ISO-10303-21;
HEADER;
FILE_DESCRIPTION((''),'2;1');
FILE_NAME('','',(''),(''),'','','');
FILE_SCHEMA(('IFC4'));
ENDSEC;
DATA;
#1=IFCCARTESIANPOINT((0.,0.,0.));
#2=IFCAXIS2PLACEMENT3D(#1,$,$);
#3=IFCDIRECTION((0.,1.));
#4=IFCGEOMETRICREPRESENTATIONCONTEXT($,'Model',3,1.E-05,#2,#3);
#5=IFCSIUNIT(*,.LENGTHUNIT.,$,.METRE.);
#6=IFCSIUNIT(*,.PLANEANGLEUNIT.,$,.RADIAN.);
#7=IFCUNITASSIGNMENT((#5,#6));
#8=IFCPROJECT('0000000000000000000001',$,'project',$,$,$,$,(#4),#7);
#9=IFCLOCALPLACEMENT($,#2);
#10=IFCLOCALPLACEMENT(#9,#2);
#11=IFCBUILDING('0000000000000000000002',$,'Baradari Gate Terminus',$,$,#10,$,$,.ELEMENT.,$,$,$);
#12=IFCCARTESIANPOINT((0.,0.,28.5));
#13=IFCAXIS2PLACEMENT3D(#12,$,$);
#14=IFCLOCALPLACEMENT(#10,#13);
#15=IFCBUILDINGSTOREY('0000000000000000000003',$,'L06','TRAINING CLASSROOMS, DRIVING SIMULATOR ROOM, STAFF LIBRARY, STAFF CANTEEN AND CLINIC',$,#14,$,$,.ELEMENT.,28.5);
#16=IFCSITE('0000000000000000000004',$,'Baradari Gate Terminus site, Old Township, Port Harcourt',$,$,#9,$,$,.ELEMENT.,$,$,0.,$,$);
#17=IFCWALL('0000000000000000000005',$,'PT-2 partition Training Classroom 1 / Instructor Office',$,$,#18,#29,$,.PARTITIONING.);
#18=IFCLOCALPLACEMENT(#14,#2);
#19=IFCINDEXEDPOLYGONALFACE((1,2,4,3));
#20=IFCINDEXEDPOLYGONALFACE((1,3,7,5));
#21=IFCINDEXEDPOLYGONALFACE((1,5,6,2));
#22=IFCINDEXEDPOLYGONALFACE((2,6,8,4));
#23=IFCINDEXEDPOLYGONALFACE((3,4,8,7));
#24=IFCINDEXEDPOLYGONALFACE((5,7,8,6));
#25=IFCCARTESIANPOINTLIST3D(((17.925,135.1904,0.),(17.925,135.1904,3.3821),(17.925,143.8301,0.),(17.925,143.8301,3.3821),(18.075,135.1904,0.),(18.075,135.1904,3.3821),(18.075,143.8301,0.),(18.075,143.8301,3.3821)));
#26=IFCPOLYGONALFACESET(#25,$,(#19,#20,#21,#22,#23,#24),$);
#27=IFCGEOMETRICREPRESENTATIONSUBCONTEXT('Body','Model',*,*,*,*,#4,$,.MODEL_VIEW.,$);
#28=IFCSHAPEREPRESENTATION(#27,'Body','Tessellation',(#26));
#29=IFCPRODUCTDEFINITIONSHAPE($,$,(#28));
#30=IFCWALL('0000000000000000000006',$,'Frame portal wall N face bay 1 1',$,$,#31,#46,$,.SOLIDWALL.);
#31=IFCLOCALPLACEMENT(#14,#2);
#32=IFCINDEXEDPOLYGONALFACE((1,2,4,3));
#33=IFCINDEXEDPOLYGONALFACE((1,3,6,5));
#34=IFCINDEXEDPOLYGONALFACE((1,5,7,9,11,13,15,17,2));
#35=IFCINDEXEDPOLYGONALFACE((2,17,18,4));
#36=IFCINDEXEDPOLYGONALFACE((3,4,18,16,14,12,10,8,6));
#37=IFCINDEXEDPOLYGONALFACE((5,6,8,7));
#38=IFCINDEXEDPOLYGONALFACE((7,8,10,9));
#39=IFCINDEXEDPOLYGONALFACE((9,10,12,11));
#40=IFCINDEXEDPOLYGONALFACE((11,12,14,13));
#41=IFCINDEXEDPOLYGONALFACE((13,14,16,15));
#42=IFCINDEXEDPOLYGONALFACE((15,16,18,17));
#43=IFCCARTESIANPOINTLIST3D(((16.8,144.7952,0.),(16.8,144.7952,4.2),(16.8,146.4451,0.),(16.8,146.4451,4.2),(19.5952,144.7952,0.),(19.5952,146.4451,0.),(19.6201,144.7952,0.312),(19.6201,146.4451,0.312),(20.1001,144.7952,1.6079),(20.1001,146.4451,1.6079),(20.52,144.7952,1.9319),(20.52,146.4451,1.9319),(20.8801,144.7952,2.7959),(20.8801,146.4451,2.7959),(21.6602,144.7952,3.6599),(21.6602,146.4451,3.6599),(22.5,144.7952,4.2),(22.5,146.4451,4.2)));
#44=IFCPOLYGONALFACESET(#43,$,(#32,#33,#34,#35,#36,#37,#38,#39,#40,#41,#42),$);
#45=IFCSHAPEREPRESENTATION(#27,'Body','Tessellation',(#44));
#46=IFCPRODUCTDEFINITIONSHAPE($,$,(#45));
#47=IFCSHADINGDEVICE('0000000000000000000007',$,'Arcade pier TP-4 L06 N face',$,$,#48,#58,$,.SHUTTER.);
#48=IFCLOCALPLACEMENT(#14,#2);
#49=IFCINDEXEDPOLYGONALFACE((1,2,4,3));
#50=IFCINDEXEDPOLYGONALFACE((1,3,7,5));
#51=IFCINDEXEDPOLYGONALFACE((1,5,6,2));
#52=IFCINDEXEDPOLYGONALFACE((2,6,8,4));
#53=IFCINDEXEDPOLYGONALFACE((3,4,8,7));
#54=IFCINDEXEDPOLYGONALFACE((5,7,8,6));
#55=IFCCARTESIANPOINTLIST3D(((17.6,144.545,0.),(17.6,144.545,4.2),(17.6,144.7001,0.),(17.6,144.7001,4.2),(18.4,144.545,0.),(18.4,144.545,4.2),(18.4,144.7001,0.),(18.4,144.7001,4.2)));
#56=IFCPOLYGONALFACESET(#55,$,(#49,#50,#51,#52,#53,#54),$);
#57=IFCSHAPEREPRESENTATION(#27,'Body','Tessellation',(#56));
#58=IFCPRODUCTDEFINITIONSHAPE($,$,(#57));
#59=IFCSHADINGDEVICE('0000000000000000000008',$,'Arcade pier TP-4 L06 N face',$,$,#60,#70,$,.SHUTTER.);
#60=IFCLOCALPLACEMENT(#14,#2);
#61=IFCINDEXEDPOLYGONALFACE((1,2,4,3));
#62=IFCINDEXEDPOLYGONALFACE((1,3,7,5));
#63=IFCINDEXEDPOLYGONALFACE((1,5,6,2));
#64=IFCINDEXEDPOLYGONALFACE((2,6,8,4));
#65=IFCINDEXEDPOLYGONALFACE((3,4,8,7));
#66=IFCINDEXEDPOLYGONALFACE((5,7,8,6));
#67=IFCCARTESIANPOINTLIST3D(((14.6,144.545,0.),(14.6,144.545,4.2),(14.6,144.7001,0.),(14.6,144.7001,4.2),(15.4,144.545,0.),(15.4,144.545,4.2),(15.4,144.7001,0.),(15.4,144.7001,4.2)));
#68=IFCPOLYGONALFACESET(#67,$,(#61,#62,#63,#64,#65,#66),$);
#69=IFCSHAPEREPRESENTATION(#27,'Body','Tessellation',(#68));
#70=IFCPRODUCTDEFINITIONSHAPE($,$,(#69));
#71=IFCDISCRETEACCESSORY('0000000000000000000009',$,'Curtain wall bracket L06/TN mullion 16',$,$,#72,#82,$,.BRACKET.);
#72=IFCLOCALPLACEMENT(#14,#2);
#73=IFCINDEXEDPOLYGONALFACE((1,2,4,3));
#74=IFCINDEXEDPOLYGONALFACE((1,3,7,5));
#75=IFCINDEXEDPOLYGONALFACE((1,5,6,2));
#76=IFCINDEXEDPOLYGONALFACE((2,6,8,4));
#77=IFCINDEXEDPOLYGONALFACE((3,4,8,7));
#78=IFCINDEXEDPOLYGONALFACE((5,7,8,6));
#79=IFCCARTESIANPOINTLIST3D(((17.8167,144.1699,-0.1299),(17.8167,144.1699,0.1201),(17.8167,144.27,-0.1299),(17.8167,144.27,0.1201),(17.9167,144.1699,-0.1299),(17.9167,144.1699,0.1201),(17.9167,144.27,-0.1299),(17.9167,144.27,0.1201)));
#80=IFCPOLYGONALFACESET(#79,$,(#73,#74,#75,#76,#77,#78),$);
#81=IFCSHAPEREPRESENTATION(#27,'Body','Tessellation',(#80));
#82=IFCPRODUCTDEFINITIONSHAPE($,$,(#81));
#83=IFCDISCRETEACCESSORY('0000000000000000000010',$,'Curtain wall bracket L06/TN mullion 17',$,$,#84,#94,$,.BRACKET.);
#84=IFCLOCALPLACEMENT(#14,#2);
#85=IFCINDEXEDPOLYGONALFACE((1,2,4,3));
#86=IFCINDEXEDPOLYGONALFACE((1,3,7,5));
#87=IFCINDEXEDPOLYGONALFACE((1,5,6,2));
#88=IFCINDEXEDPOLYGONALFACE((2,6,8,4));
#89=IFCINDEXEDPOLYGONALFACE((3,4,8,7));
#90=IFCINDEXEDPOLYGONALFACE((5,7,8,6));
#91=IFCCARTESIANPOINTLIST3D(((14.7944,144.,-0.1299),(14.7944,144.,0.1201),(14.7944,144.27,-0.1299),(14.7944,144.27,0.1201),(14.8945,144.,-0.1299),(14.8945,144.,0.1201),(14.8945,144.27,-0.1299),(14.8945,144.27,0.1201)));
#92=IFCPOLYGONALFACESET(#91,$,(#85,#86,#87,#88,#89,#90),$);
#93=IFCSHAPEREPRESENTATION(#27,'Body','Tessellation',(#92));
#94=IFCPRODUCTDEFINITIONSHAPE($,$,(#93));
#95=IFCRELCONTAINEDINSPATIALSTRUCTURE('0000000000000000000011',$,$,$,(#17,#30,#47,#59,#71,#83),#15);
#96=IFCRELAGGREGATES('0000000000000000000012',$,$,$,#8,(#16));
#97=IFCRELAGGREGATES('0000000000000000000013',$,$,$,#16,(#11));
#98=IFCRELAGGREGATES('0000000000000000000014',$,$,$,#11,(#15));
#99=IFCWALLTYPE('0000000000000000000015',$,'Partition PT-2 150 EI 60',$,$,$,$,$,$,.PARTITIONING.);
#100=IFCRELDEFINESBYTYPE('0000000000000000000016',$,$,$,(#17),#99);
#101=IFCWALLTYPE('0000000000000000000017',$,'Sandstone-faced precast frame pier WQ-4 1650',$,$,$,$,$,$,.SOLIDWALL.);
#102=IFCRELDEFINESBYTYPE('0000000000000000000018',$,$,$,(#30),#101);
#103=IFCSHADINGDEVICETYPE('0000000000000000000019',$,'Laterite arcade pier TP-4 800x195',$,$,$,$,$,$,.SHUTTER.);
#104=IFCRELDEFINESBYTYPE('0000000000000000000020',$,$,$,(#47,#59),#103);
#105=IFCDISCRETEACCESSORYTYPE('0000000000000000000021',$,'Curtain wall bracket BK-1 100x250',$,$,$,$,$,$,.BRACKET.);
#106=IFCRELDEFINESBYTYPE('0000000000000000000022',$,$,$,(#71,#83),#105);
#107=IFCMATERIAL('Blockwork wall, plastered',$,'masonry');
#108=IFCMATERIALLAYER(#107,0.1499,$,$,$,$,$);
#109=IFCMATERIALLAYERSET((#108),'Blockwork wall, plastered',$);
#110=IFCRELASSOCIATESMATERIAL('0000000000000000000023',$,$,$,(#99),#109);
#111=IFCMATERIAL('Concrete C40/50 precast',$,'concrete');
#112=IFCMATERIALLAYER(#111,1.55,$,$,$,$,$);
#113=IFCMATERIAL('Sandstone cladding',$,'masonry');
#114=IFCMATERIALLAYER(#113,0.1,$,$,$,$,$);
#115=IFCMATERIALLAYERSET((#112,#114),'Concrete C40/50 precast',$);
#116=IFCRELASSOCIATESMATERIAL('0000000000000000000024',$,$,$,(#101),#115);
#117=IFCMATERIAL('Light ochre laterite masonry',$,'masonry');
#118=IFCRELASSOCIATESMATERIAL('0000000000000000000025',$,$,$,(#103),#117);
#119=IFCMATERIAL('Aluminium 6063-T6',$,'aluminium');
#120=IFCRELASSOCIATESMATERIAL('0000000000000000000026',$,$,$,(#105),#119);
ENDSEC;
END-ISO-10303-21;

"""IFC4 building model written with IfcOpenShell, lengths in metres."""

from ifc_helpers import new_model, si_unit, direction, frame, frame_2d, origin, origin_2d, place, context, subcontext, project, spatial, polyline, rectangle, outline, extrude, material, layer, layer_set, type_object, element, save


model = new_model("IFC4")

# Units and contexts
model_context = context("Model", 3, precision=1e-05, world=origin(), true_north=direction((0.0, 1.0)))
body_context = subcontext(model_context, "Body", "Model", "MODEL_VIEW")
ifc_project = project(units=[si_unit("LENGTHUNIT", "METRE"), si_unit("PLANEANGLEUNIT", "RADIAN")], contexts=[model_context])

# Site, building, storey
site_placement = place(None, origin())
site = spatial("IfcSite", under=ifc_project, at=site_placement, Name="Baradari Gate Terminus site, Old Township, Port Harcourt", CompositionType="ELEMENT", RefElevation=0.0)
building_placement = place(site_placement, origin())
building = spatial("IfcBuilding", under=site, at=building_placement, Name="Baradari Gate Terminus", CompositionType="ELEMENT")
storey_placement = place(building_placement, frame((0.0, 0.0, 28.5)))
storey = spatial("IfcBuildingStorey", under=building, at=storey_placement, Name="L06", Description="TRAINING CLASSROOMS, DRIVING SIMULATOR ROOM, STAFF LIBRARY, STAFF CANTEEN AND CLINIC", CompositionType="ELEMENT", Elevation=28.5)

# Walls
ifc_material_1 = material(Name="Blockwork wall, plastered", Category="masonry")
ifc_layer_1 = layer(ifc_material_1, 0.1499)
ifc_layer_set_1 = layer_set([ifc_layer_1], Name="Blockwork wall, plastered")
wall_type_1 = type_object("IfcWallType", Name="Partition PT-2 150 EI 60", PredefinedType="PARTITIONING", material=ifc_layer_set_1)
wall_1_placement = place(storey_placement, frame((18.0, 143.8301, 0.0), z_axis=(0.0, 0.0, 1.0), x_axis=(0.0, -1.0, 0.0)))
element("IfcWall", 1, at=wall_1_placement, inside=storey, type_object=wall_type_1, Name="PT-2 partition Training Classroom 1 / Instructor Office", PredefinedType="PARTITIONING", context=body_context, shape_type="SweptSolid", body=[
    extrude(rectangle(XDim=8.6396, YDim=0.1499, at=frame_2d((4.3198, 0.0))), origin(), (0.0, 0.0, 1.0), 3.3821),
])
ifc_material_2 = material(Name="Concrete C40/50 precast", Category="concrete")
ifc_layer_2 = layer(ifc_material_2, 1.55)
ifc_material_3 = material(Name="Sandstone cladding", Category="masonry")
ifc_layer_3 = layer(ifc_material_3, 0.1)
ifc_layer_set_2 = layer_set([ifc_layer_2, ifc_layer_3], Name="Concrete C40/50 precast")
wall_type_2 = type_object("IfcWallType", Name="Sandstone-faced precast frame pier WQ-4 1650", PredefinedType="SOLIDWALL", material=ifc_layer_set_2)
wall_2_placement = place(storey_placement, frame((16.8, 145.6201, 0.0), z_axis=(0.0, 0.0, 1.0), x_axis=(1.0, 0.0, 0.0)))
element("IfcWall", 2, at=wall_2_placement, inside=storey, type_object=wall_type_2, Name="Frame portal wall N face bay 1 1", PredefinedType="SOLIDWALL", context=body_context, shape_type="SweptSolid", body=[
    extrude(outline(polyline([(2.7952, 0.0), (2.8201, 0.312), (3.3, 1.6079), (3.72, 1.9319), (4.0801, 2.7959), (4.8601, 3.6599), (5.7, 4.2), (0.0, 4.2), (0.0, 0.0), (2.7952, 0.0)])), frame((0.0, 0.825, 0.0), z_axis=(0.0, -1.0, 0.0), x_axis=(1.0, 0.0, 0.0)), (0.0, 0.0, 1.0), 1.6499),
])

# Shading devices
ifc_material_4 = material(Name="Light ochre laterite masonry", Category="masonry")
shading_device_type = type_object("IfcShadingDeviceType", Name="Laterite arcade pier TP-4 800x195", PredefinedType="SHUTTER", material=ifc_material_4)
for number, where, z_axis, x_axis, name in (
    (3, (18.0, 144.6226, 0.0), (0.0, 0.0, 1.0), (-1.0, 0.0, 0.0), "Arcade pier TP-4 L06 N face"),
    (4, (15.0, 144.6226, 0.0), (0.0, 0.0, 1.0), (-1.0, 0.0, 0.0), "Arcade pier TP-4 L06 N face"),
):
    element("IfcShadingDevice", number, at=place(storey_placement, frame(where, z_axis=z_axis, x_axis=x_axis)), inside=storey, type_object=shading_device_type, Name=name, PredefinedType="SHUTTER", context=body_context, shape_type="SweptSolid", body=[
        extrude(rectangle(XDim=0.8, YDim=0.155, at=origin_2d()), origin(), (0.0, 0.0, 1.0), 4.2),
    ])

# Discrete accessories
ifc_material_5 = material(Name="Aluminium 6063-T6", Category="aluminium")
discrete_accessory_type = type_object("IfcDiscreteAccessoryType", Name="Curtain wall bracket BK-1 100x250", PredefinedType="BRACKET", material=ifc_material_5)
discrete_accessory_1_placement = place(storey_placement, frame((17.8667, 144.22, -0.1299), z_axis=(0.0, 0.0, 1.0), x_axis=(0.0, 1.0, 0.0)))
element("IfcDiscreteAccessory", 5, at=discrete_accessory_1_placement, inside=storey, type_object=discrete_accessory_type, Name="Curtain wall bracket L06/TN mullion 16", PredefinedType="BRACKET", context=body_context, shape_type="SweptSolid", body=[
    extrude(rectangle(XDim=0.1001, YDim=0.1001, at=origin_2d()), origin(), (0.0, 0.0, 1.0), 0.25),
])
discrete_accessory_2_placement = place(storey_placement, frame((14.8445, 144.135, -0.1299), z_axis=(0.0, 0.0, 1.0), x_axis=(0.0, 1.0, 0.0)))
element("IfcDiscreteAccessory", 6, at=discrete_accessory_2_placement, inside=storey, type_object=discrete_accessory_type, Name="Curtain wall bracket L06/TN mullion 17", PredefinedType="BRACKET", context=body_context, shape_type="SweptSolid", body=[
    extrude(rectangle(XDim=0.27, YDim=0.1001, at=origin_2d()), origin(), (0.0, 0.0, 1.0), 0.25),
])

save(model, "model.ifc")
